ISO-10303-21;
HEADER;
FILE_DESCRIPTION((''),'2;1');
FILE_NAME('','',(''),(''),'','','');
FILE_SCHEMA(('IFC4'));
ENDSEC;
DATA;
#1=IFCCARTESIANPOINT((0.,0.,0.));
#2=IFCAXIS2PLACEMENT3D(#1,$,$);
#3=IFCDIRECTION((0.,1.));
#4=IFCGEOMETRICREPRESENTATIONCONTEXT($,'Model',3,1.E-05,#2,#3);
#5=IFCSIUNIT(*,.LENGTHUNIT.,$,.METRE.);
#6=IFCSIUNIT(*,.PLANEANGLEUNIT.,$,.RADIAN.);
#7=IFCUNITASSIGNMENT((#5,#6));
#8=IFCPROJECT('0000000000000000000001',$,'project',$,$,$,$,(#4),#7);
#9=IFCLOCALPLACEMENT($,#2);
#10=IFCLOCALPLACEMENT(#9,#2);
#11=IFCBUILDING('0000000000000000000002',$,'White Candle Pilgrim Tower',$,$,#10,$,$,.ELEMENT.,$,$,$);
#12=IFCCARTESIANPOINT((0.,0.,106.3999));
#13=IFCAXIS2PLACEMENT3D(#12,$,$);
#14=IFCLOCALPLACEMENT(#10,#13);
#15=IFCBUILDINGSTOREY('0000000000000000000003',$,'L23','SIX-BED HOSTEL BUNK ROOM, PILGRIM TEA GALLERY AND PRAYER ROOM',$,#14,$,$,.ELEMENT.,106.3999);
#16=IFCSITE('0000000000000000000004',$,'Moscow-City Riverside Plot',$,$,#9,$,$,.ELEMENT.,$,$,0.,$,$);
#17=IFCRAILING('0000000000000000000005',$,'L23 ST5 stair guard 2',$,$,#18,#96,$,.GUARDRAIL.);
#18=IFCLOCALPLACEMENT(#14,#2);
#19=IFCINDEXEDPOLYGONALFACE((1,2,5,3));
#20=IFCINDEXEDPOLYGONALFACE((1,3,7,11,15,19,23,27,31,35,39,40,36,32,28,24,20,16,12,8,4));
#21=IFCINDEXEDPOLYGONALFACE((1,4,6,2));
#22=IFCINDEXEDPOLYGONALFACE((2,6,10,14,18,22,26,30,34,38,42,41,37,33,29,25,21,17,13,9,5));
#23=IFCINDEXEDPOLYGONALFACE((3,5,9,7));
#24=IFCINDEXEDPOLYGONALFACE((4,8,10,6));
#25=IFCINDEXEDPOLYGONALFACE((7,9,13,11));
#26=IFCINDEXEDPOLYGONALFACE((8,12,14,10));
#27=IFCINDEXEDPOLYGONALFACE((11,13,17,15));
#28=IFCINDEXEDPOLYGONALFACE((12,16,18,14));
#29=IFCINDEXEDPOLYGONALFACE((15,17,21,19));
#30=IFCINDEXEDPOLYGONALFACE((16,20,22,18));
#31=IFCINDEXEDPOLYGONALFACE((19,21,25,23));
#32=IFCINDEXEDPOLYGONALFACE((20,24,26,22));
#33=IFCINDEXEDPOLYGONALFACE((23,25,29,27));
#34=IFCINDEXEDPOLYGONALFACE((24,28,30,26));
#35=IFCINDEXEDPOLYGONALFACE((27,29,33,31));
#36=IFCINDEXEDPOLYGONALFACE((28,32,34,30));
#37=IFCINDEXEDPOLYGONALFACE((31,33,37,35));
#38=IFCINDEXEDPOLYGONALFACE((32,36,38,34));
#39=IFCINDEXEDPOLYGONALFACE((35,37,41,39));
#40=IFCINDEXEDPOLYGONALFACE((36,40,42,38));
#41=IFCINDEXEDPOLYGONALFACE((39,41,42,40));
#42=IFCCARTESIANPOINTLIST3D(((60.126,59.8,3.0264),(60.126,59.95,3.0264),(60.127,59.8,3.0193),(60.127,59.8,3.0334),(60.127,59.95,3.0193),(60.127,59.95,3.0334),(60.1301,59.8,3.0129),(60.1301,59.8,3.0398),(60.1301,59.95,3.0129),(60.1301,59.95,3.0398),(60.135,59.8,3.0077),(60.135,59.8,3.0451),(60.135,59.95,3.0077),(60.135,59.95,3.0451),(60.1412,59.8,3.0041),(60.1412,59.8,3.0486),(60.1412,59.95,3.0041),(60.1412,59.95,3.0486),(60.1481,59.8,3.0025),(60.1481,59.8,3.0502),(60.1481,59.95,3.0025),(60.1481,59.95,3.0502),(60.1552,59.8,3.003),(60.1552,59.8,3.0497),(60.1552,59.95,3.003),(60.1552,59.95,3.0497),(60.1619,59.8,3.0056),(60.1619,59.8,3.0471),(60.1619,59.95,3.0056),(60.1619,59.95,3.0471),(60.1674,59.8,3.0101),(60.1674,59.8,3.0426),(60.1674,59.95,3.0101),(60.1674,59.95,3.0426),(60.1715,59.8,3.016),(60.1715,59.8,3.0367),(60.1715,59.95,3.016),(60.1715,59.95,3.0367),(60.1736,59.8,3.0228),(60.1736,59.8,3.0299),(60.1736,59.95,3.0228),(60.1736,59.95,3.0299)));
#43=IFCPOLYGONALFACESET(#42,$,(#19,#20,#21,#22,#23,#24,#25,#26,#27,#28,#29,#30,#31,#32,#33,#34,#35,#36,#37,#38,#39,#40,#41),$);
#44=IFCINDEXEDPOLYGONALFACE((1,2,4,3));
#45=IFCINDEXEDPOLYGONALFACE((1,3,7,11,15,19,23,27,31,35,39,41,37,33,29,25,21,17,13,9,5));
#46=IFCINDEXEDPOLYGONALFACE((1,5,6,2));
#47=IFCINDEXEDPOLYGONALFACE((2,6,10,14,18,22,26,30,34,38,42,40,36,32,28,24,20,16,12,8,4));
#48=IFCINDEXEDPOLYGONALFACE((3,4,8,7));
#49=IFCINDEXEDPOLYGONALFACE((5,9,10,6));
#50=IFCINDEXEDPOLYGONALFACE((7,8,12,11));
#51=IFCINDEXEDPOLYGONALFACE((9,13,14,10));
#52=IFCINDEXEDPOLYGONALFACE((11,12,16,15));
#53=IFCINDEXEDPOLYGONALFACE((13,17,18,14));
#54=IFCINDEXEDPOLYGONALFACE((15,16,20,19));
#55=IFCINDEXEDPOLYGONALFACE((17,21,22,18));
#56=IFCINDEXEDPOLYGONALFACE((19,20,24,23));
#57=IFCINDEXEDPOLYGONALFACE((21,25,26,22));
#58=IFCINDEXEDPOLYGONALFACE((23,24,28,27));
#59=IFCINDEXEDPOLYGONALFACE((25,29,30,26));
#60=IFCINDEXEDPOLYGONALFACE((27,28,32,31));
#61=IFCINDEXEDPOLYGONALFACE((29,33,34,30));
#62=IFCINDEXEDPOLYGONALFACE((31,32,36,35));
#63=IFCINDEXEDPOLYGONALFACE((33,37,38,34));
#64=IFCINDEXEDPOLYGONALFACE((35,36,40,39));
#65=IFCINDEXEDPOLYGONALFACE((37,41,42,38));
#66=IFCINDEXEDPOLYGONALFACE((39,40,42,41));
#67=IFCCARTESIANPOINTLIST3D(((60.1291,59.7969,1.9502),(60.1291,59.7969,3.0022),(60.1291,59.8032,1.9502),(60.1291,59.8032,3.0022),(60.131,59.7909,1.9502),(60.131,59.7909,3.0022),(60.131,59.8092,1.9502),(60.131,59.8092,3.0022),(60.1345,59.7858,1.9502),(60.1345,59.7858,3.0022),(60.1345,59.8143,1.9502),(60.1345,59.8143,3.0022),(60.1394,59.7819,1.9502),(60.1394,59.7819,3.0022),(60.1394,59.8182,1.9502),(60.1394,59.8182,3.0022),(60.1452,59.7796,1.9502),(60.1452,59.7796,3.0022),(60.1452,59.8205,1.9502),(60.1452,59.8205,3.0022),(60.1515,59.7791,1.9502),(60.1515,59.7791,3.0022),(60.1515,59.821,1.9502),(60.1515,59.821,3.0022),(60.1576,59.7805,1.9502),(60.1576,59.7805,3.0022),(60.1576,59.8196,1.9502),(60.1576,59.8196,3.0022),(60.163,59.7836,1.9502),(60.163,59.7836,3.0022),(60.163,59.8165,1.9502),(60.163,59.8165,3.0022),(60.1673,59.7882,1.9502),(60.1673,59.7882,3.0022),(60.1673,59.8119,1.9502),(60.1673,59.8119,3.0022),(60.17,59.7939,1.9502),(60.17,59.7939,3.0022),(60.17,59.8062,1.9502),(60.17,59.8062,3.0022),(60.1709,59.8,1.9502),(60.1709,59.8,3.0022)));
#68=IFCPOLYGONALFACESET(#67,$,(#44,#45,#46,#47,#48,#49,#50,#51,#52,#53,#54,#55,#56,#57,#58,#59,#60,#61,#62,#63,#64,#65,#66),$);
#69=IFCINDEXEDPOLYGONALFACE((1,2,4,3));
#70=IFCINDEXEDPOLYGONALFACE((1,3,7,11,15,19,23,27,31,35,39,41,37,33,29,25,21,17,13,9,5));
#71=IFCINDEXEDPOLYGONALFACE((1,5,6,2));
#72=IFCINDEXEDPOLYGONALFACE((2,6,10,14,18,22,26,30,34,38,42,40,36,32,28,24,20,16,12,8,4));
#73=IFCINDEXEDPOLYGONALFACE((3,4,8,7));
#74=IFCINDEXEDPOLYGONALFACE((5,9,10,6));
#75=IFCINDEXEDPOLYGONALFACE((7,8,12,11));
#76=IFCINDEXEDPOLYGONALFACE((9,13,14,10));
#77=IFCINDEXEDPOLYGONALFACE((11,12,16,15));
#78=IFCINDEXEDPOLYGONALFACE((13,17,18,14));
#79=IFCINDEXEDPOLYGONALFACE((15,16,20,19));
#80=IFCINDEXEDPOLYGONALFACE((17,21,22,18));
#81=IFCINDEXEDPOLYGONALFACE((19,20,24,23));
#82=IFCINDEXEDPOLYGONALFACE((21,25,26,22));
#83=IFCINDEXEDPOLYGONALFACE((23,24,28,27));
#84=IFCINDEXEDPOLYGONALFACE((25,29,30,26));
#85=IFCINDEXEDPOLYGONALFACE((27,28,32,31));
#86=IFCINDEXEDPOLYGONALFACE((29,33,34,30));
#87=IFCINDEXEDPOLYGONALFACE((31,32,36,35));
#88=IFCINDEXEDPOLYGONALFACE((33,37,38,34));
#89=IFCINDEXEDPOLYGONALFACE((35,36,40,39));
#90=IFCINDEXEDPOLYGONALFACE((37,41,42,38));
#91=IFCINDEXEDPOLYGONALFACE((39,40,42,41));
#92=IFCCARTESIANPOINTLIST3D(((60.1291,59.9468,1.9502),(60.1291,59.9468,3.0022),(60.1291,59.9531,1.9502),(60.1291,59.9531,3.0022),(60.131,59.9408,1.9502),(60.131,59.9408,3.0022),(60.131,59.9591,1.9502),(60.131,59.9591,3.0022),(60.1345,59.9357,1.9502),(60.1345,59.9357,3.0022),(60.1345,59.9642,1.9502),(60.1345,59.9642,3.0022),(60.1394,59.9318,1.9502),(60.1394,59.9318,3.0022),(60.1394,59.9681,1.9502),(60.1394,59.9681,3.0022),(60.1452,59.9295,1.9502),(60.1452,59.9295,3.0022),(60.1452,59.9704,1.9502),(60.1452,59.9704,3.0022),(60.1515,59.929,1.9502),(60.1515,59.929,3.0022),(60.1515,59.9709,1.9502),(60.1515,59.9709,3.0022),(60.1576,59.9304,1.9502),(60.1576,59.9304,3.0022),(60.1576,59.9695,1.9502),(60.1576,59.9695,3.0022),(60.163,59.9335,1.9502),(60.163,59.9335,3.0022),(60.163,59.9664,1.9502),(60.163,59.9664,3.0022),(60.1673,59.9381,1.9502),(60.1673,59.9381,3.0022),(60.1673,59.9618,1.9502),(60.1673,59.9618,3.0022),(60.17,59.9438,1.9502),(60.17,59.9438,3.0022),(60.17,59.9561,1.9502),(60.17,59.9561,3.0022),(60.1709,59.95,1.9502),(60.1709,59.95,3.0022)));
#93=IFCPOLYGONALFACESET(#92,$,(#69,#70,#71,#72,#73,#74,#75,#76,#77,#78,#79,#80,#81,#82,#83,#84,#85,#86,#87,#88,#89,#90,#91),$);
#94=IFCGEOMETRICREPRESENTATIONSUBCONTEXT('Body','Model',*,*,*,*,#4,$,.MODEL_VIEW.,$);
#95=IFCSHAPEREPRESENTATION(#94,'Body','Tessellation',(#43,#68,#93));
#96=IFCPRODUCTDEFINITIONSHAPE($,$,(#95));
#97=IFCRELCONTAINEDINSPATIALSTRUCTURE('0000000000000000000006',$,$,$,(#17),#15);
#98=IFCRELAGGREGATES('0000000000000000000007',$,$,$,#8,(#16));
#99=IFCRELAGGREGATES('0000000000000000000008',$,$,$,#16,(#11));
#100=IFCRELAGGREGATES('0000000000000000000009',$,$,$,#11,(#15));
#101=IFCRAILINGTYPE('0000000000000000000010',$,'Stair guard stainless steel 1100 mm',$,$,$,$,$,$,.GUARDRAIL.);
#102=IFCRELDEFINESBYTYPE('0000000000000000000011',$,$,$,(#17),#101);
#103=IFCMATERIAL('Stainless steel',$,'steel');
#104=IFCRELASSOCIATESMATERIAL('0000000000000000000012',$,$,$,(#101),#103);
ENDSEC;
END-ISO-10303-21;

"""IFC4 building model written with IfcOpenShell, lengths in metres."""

from ifc_helpers import new_model, si_unit, direction, frame, origin, origin_2d, place, context, subcontext, project, spatial, circle, extrude, material, type_object, element, save


model = new_model("IFC4")

# Units and contexts
model_context = context("Model", 3, precision=1e-05, world=origin(), true_north=direction((0.0, 1.0)))
body_context = subcontext(model_context, "Body", "Model", "MODEL_VIEW")
ifc_project = project(units=[si_unit("LENGTHUNIT", "METRE"), si_unit("PLANEANGLEUNIT", "RADIAN")], contexts=[model_context])

# Site, building, storey
site_placement = place(None, origin())
site = spatial("IfcSite", under=ifc_project, at=site_placement, Name="Moscow-City Riverside Plot", CompositionType="ELEMENT", RefElevation=0.0)
building_placement = place(site_placement, origin())
building = spatial("IfcBuilding", under=site, at=building_placement, Name="White Candle Pilgrim Tower", CompositionType="ELEMENT")
storey_placement = place(building_placement, frame((0.0, 0.0, 106.3999)))
storey = spatial("IfcBuildingStorey", under=building, at=storey_placement, Name="L23", Description="SIX-BED HOSTEL BUNK ROOM, PILGRIM TEA GALLERY AND PRAYER ROOM", CompositionType="ELEMENT", Elevation=106.3999)

# Railing
ifc_material_1 = material(Name="Stainless steel", Category="steel")
railing_type_1 = type_object("IfcRailingType", Name="Stair guard stainless steel 1100 mm", PredefinedType="GUARDRAIL", material=ifc_material_1)
railing_1_placement = place(storey_placement, frame((60.1499, 59.8, 1.9502)))
element("IfcRailing", 1, at=railing_1_placement, inside=storey, type_object=railing_type_1, Name="L23 ST5 stair guard 2", PredefinedType="GUARDRAIL", context=body_context, shape_type="SweptSolid", body=[
    extrude(circle(Radius=0.0239, at=origin_2d()), frame((0.0, 0.0, 1.0762), z_axis=(0.0, 1.0, 0.0), x_axis=(-1.0, 0.0, 0.0)), (0.0, 0.0, 1.0), 0.1499),
    extrude(circle(Radius=0.021, at=origin_2d()), origin(), (0.0, 0.0, 1.0), 1.052),
    extrude(circle(Radius=0.021, at=origin_2d()), frame((0.0, 0.1499, 0.0)), (0.0, 0.0, 1.0), 1.052),
])

save(model, "model.ifc")
